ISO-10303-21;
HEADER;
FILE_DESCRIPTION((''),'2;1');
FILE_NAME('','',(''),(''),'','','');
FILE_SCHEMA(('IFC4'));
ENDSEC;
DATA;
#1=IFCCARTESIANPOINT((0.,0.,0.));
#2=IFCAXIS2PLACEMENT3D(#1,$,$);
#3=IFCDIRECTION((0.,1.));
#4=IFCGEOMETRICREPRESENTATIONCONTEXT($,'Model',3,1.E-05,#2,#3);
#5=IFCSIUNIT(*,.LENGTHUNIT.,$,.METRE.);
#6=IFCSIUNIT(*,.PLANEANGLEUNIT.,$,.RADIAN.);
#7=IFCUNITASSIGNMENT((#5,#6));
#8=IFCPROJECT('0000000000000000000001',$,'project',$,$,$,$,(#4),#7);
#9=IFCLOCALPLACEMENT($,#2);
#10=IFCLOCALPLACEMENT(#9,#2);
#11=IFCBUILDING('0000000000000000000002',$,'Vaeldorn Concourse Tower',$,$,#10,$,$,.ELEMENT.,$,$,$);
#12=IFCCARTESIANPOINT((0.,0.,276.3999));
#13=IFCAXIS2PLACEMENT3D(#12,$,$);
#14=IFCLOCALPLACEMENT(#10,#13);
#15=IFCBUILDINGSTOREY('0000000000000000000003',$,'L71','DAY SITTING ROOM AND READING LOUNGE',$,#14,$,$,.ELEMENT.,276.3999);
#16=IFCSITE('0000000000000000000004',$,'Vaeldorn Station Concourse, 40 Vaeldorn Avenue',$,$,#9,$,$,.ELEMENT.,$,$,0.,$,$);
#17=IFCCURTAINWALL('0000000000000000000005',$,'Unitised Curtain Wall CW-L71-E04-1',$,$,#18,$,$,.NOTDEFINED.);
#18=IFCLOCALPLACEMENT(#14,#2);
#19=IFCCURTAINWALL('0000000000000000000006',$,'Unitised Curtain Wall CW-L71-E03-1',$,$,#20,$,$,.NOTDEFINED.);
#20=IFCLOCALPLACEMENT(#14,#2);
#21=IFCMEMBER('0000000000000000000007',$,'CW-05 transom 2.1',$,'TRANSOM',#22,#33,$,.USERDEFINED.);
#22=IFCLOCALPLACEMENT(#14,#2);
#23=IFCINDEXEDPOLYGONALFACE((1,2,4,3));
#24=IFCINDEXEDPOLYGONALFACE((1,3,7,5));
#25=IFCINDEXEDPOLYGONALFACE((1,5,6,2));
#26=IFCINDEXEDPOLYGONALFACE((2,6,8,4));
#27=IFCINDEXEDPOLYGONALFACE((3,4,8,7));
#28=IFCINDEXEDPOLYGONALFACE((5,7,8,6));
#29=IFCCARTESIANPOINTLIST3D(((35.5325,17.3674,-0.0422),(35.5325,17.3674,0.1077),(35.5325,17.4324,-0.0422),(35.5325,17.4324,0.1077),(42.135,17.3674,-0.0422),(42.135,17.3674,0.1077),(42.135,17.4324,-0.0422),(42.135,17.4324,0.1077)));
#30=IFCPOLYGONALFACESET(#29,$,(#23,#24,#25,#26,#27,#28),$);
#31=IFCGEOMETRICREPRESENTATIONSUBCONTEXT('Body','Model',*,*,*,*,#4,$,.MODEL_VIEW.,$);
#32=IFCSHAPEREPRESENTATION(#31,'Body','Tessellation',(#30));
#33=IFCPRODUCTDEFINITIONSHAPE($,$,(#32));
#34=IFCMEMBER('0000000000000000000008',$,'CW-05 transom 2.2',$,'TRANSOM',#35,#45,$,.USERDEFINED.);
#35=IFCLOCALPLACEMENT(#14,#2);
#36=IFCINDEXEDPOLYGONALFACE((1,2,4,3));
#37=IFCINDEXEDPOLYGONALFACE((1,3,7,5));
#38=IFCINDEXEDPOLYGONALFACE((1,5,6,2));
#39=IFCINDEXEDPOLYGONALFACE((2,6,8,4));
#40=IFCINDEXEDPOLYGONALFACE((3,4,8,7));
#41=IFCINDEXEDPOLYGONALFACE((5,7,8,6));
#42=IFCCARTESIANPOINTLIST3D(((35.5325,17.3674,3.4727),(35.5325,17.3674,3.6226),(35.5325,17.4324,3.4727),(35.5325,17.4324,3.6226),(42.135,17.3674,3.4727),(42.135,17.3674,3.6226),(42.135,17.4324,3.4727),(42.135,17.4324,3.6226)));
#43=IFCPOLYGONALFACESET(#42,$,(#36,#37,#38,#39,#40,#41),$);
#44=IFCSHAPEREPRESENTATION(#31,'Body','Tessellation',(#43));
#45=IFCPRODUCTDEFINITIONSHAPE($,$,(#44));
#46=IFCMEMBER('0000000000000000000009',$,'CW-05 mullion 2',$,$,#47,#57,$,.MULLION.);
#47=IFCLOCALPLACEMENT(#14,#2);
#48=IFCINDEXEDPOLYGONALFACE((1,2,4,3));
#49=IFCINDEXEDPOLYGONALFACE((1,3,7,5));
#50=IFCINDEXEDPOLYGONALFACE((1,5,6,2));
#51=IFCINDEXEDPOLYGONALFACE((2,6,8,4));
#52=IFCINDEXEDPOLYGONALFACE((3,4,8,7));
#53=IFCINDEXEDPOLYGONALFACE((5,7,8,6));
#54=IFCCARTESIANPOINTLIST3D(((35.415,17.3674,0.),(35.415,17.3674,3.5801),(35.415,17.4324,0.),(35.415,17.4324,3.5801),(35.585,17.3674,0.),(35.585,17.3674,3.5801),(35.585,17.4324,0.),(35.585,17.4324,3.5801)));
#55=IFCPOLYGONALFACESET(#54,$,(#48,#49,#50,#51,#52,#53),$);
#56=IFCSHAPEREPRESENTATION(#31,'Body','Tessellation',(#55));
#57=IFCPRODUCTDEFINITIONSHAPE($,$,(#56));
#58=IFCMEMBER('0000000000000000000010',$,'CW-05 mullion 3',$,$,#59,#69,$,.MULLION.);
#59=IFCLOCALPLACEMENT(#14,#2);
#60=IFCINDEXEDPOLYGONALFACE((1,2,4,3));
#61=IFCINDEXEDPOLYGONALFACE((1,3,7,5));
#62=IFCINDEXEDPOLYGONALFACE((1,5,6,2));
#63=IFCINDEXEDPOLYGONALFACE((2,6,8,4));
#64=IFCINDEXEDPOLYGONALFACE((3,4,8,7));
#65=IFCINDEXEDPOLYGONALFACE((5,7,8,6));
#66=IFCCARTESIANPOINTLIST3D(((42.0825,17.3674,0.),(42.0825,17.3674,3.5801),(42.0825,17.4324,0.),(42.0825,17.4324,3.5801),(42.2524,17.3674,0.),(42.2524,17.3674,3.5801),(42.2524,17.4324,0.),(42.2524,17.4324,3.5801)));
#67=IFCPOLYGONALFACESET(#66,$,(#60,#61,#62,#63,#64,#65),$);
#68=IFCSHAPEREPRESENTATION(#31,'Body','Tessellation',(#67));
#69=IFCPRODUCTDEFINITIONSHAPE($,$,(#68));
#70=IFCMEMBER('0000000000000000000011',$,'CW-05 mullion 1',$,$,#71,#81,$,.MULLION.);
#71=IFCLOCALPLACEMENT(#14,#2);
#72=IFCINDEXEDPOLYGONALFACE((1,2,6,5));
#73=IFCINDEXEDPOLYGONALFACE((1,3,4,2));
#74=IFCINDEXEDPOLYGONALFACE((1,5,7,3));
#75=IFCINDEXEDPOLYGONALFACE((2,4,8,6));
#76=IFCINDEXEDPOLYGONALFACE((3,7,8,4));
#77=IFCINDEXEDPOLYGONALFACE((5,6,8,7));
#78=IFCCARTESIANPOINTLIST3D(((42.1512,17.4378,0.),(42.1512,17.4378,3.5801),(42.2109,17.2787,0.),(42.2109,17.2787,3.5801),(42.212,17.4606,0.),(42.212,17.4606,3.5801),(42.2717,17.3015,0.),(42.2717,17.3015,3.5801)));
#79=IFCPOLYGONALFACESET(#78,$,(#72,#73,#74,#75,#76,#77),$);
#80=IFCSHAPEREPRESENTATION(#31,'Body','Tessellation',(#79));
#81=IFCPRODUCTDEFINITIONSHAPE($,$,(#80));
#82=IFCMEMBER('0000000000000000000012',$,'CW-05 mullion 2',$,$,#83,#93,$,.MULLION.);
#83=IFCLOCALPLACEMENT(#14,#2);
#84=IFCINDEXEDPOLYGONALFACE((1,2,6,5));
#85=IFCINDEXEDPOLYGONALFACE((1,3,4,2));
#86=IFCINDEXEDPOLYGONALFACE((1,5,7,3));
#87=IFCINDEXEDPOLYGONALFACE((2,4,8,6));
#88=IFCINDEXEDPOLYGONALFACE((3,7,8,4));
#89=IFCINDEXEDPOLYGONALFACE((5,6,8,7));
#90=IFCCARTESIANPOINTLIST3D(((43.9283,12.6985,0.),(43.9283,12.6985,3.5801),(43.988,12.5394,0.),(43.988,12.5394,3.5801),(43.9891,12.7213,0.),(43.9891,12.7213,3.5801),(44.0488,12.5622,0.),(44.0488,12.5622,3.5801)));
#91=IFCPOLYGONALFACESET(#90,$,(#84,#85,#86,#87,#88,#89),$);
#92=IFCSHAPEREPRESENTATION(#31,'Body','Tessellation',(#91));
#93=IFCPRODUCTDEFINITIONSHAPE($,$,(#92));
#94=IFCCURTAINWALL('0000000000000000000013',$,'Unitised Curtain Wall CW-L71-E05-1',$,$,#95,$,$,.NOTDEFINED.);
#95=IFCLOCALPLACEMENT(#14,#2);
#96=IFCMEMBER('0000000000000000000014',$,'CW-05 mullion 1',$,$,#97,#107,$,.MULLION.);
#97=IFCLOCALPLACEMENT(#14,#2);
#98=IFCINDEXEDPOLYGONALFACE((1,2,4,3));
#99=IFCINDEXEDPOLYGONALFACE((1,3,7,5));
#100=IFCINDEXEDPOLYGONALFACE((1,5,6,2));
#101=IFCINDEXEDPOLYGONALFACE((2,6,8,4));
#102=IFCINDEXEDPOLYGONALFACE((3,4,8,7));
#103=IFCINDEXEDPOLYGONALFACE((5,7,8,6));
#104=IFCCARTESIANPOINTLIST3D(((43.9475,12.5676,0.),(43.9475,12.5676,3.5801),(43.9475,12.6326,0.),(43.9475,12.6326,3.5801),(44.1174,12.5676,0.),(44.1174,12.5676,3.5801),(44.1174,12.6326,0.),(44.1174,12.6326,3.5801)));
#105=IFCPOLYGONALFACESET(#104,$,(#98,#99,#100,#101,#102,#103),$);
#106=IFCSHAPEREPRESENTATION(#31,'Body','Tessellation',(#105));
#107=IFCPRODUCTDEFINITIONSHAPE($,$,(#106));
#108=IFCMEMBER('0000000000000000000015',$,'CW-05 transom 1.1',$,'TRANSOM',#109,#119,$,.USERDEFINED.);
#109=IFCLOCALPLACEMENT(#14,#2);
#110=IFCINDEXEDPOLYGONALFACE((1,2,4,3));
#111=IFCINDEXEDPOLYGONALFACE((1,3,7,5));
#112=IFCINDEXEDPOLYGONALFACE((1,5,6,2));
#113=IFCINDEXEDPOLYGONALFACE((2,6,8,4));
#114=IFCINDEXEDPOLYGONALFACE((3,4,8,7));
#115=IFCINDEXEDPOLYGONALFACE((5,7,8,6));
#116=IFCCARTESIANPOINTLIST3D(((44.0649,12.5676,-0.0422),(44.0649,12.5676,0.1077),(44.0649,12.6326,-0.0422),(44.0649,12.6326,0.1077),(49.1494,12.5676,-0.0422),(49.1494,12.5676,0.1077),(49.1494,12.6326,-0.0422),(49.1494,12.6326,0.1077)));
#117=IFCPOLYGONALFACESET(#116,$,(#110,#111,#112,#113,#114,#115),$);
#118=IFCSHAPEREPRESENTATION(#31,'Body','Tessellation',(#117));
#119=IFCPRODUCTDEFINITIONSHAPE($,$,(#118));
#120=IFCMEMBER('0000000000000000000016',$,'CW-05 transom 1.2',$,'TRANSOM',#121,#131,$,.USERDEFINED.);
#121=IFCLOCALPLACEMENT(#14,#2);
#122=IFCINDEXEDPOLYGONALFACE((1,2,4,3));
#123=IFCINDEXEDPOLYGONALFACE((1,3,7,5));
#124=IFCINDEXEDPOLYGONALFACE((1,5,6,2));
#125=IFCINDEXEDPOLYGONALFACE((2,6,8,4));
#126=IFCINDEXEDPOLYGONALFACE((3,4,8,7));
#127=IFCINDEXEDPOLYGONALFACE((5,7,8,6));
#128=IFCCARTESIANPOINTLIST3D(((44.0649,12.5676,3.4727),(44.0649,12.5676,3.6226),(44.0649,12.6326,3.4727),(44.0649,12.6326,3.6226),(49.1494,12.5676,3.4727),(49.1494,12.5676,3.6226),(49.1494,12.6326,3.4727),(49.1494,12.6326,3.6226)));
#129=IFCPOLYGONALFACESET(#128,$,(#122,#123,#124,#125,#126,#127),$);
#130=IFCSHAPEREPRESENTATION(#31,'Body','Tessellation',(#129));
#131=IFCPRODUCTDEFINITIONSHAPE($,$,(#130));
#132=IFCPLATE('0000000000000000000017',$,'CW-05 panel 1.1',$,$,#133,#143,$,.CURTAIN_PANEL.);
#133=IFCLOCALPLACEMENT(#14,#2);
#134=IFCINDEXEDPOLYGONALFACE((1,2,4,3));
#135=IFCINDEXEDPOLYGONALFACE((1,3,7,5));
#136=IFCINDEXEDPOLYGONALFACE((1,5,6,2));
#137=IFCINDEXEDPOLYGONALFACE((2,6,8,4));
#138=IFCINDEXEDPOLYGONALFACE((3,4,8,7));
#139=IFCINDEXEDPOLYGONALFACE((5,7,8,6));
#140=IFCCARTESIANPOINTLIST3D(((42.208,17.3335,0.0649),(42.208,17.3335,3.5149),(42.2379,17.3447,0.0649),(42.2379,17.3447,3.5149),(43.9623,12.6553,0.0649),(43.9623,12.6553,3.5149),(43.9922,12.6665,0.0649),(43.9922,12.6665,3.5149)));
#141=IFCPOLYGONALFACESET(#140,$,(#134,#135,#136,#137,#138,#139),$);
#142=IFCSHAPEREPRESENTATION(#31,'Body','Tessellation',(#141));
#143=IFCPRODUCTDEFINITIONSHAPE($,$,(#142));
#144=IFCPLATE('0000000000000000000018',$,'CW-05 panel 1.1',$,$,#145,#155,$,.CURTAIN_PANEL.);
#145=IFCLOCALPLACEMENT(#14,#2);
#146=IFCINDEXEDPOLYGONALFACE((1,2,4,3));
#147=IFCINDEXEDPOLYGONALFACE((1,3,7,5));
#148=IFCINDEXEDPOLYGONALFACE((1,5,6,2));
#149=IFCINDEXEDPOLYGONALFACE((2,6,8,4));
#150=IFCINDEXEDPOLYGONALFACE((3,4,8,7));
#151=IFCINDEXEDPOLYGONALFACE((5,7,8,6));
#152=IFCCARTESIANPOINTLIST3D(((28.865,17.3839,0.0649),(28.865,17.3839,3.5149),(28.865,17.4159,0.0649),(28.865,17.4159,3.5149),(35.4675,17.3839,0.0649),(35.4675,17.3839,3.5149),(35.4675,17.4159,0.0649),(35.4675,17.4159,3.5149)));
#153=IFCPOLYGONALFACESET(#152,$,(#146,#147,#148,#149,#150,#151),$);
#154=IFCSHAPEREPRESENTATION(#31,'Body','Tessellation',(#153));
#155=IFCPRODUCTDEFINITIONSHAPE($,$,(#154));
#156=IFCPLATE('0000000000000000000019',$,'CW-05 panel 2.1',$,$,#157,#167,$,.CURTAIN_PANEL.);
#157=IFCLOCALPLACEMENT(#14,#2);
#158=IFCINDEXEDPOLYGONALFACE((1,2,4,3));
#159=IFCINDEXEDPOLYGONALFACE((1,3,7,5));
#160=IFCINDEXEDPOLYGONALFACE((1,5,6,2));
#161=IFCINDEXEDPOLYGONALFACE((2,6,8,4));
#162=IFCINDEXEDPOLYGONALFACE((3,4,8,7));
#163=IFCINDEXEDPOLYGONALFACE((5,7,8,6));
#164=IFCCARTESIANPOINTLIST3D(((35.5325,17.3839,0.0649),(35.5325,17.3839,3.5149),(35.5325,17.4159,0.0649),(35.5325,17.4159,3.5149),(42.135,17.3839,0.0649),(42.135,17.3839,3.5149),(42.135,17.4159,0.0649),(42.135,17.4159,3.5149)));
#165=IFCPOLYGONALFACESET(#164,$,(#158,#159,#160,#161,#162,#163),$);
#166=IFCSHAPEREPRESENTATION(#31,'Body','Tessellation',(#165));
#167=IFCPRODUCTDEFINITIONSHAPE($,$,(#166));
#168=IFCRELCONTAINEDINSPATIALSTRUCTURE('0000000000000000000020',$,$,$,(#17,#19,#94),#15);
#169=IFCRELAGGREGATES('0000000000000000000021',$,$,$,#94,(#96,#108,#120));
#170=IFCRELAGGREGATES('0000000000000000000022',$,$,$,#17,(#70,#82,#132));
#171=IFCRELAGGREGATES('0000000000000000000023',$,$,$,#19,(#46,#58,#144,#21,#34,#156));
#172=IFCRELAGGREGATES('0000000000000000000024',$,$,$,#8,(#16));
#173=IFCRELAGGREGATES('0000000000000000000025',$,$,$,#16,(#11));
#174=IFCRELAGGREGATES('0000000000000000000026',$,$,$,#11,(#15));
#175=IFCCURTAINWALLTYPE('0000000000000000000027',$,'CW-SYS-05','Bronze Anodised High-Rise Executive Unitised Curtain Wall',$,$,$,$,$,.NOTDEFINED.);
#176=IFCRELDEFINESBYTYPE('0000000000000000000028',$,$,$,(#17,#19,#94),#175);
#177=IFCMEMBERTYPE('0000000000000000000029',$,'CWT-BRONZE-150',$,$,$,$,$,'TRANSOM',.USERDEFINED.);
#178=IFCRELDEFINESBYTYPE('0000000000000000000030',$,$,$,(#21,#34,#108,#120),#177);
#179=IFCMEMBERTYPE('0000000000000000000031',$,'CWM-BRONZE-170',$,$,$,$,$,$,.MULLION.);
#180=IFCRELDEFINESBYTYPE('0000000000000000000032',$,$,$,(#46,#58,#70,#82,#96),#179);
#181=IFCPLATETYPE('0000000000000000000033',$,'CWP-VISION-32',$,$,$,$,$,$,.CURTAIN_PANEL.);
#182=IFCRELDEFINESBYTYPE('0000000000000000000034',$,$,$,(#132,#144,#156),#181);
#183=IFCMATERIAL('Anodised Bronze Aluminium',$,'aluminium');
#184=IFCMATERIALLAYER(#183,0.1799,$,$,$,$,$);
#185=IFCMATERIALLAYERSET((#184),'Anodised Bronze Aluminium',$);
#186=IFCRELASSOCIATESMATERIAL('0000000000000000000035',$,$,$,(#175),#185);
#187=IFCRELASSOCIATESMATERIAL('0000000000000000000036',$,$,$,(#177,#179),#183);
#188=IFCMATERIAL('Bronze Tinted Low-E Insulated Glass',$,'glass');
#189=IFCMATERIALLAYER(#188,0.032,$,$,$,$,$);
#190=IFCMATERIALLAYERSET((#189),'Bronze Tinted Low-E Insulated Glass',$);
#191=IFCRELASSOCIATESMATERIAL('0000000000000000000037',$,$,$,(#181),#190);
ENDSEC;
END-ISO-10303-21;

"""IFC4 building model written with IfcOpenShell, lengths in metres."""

from ifc_helpers import new_model, si_unit, direction, frame, origin, origin_2d, place, context, subcontext, project, spatial, rectangle, extrude, source, transform, mapped, material, layer, layer_set, material_profile, profile_set, type_object, element, aggregate, save


model = new_model("IFC4")

# Units and contexts
model_context = context("Model", 3, precision=1e-05, world=origin(), true_north=direction((0.0, 1.0)))
body_context = subcontext(model_context, "Body", "Model", "MODEL_VIEW")
ifc_project = project(units=[si_unit("LENGTHUNIT", "METRE"), si_unit("PLANEANGLEUNIT", "RADIAN")], contexts=[model_context])

# Site, building, storey
site_placement = place(None, origin())
site = spatial("IfcSite", under=ifc_project, at=site_placement, Name="Vaeldorn Station Concourse, 40 Vaeldorn Avenue", CompositionType="ELEMENT", RefElevation=0.0)
building_placement = place(site_placement, origin())
building = spatial("IfcBuilding", under=site, at=building_placement, Name="Vaeldorn Concourse Tower", CompositionType="ELEMENT")
storey_placement = place(building_placement, frame((0.0, 0.0, 276.3999)))
storey = spatial("IfcBuildingStorey", under=building, at=storey_placement, Name="L71", Description="DAY SITTING ROOM AND READING LOUNGE", CompositionType="ELEMENT", Elevation=276.3999)

# Curtain walls, members
ifc_material_1 = material(Name="Anodised Bronze Aluminium", Category="aluminium")
ifc_layer_1 = layer(ifc_material_1, 0.1799)
ifc_layer_set_1 = layer_set([ifc_layer_1], Name="Anodised Bronze Aluminium")
curtain_wall_type = type_object("IfcCurtainWallType", Name="CW-SYS-05", Description="Bronze Anodised High-Rise Executive Unitised Curtain Wall", PredefinedType="NOTDEFINED", material=ifc_layer_set_1)
curtain_wall_1_placement = place(storey_placement, origin())
curtain_wall_1 = element("IfcCurtainWall", 1, at=curtain_wall_1_placement, inside=storey, type_object=curtain_wall_type, Name="Unitised Curtain Wall CW-L71-E04-1", PredefinedType="NOTDEFINED")
ifc_material_profile_1 = material_profile(ifc_material_1, rectangle(XDim=0.0649, YDim=0.1499, at=origin_2d()), Name="CWT 65x150")
ifc_profile_set_1 = profile_set([ifc_material_profile_1], Name="Anodised Bronze Aluminium")
member_type_1 = type_object("IfcMemberType", Name="CWT-BRONZE-150", ElementType="TRANSOM", PredefinedType="USERDEFINED", material=ifc_profile_set_1)
curtain_wall_2_placement = place(storey_placement, origin())
curtain_wall_2 = element("IfcCurtainWall", 2, at=curtain_wall_2_placement, inside=storey, type_object=curtain_wall_type, Name="Unitised Curtain Wall CW-L71-E03-1", PredefinedType="NOTDEFINED")
shared_shape_1 = source(origin(), body_context, "Body", "SweptSolid", [
    extrude(rectangle(XDim=0.0649, YDim=0.1499, at=origin_2d()), origin(), (0.0, 0.0, 1.0), 6.6025),
])
member_1_placement = place(storey_placement, frame((35.5325, 17.3999, 0.0327), z_axis=(1.0, 0.0, 0.0), x_axis=(0.0, 1.0, 0.0)))
member_1 = element("IfcMember", 3, at=member_1_placement, type_object=member_type_1, Name="CW-05 transom 2.1", ObjectType="TRANSOM", PredefinedType="USERDEFINED", context=body_context, shape_type="MappedRepresentation", body=[
    mapped(shared_shape_1, transform((0.0, 0.0, 0.0), scale=1.0)),
])
member_2_placement = place(storey_placement, frame((35.5325, 17.3999, 3.5476), z_axis=(1.0, 0.0, 0.0), x_axis=(0.0, 1.0, 0.0)))
member_2 = element("IfcMember", 4, at=member_2_placement, type_object=member_type_1, Name="CW-05 transom 2.2", ObjectType="TRANSOM", PredefinedType="USERDEFINED", context=body_context, shape_type="MappedRepresentation", body=[
    mapped(shared_shape_1, transform((0.0, 0.0, 0.0), scale=1.0)),
])
ifc_material_profile_2 = material_profile(ifc_material_1, rectangle(XDim=0.0649, YDim=0.1699, at=origin_2d()), Name="CWM 65x170")
ifc_profile_set_2 = profile_set([ifc_material_profile_2], Name="Anodised Bronze Aluminium")
member_type_2 = type_object("IfcMemberType", Name="CWM-BRONZE-170", PredefinedType="MULLION", material=ifc_profile_set_2)
shared_shape_2 = source(origin(), body_context, "Body", "SweptSolid", [
    extrude(rectangle(XDim=0.0649, YDim=0.1699, at=origin_2d()), origin(), (0.0, 0.0, 1.0), 3.5801),
])
member_3_placement = place(storey_placement, frame((35.5, 17.3999, 0.0), z_axis=(0.0, 0.0, 1.0), x_axis=(0.0, 1.0, 0.0)))
member_3 = element("IfcMember", 5, at=member_3_placement, type_object=member_type_2, Name="CW-05 mullion 2", PredefinedType="MULLION", context=body_context, shape_type="MappedRepresentation", body=[
    mapped(shared_shape_2, transform((0.0, 0.0, 0.0), scale=1.0)),
])
member_4_placement = place(storey_placement, frame((42.1675, 17.3999, 0.0), z_axis=(0.0, 0.0, 1.0), x_axis=(0.0, 1.0, 0.0)))
member_4 = element("IfcMember", 6, at=member_4_placement, type_object=member_type_2, Name="CW-05 mullion 3", PredefinedType="MULLION", context=body_context, shape_type="MappedRepresentation", body=[
    mapped(shared_shape_2, transform((0.0, 0.0, 0.0), scale=1.0)),
])

# Members
member_5_placement = place(storey_placement, frame((42.2114, 17.3696, 0.0), z_axis=(0.0, 0.0, 1.0), x_axis=(0.936329, 0.351123, 0.0)))
member_5 = element("IfcMember", 7, at=member_5_placement, type_object=member_type_2, Name="CW-05 mullion 1", PredefinedType="MULLION", context=body_context, shape_type="MappedRepresentation", body=[
    mapped(shared_shape_2, transform((0.0, 0.0, 0.0), scale=1.0)),
])
member_6_placement = place(storey_placement, frame((43.9885, 12.6304, 0.0), z_axis=(0.0, 0.0, 1.0), x_axis=(0.936329, 0.351123, 0.0)))
member_6 = element("IfcMember", 8, at=member_6_placement, type_object=member_type_2, Name="CW-05 mullion 2", PredefinedType="MULLION", context=body_context, shape_type="MappedRepresentation", body=[
    mapped(shared_shape_2, transform((0.0, 0.0, 0.0), scale=1.0)),
])

# Curtain wall, members
curtain_wall_3_placement = place(storey_placement, origin())
curtain_wall_3 = element("IfcCurtainWall", 9, at=curtain_wall_3_placement, inside=storey, type_object=curtain_wall_type, Name="Unitised Curtain Wall CW-L71-E05-1", PredefinedType="NOTDEFINED")
member_7_placement = place(storey_placement, frame((44.0325, 12.6001, 0.0), z_axis=(0.0, 0.0, 1.0), x_axis=(0.0, 1.0, 0.0)))
member_7 = element("IfcMember", 10, at=member_7_placement, type_object=member_type_2, Name="CW-05 mullion 1", PredefinedType="MULLION", context=body_context, shape_type="MappedRepresentation", body=[
    mapped(shared_shape_2, transform((0.0, 0.0, 0.0), scale=1.0)),
])
shared_shape_3 = source(origin(), body_context, "Body", "SweptSolid", [
    extrude(rectangle(XDim=0.0649, YDim=0.1499, at=origin_2d()), origin(), (0.0, 0.0, 1.0), 5.0845),
])
member_8_placement = place(storey_placement, frame((44.0649, 12.6001, 0.0327), z_axis=(1.0, 0.0, 0.0), x_axis=(0.0, 1.0, 0.0)))
member_8 = element("IfcMember", 11, at=member_8_placement, type_object=member_type_1, Name="CW-05 transom 1.1", ObjectType="TRANSOM", PredefinedType="USERDEFINED", context=body_context, shape_type="MappedRepresentation", body=[
    mapped(shared_shape_3, transform((0.0, 0.0, 0.0), scale=1.0)),
])
member_9_placement = place(storey_placement, frame((44.0649, 12.6001, 3.5476), z_axis=(1.0, 0.0, 0.0), x_axis=(0.0, 1.0, 0.0)))
member_9 = element("IfcMember", 12, at=member_9_placement, type_object=member_type_1, Name="CW-05 transom 1.2", ObjectType="TRANSOM", PredefinedType="USERDEFINED", context=body_context, shape_type="MappedRepresentation", body=[
    mapped(shared_shape_3, transform((0.0, 0.0, 0.0), scale=1.0)),
])
aggregate(curtain_wall_3, [member_7, member_8, member_9])

# Plates
ifc_material_2 = material(Name="Bronze Tinted Low-E Insulated Glass", Category="glass")
ifc_layer_2 = layer(ifc_material_2, 0.032)
ifc_layer_set_2 = layer_set([ifc_layer_2], Name="Bronze Tinted Low-E Insulated Glass")
plate_type = type_object("IfcPlateType", Name="CWP-VISION-32", PredefinedType="CURTAIN_PANEL", material=ifc_layer_set_2)
shared_shape_4 = source(origin(), body_context, "Body", "SweptSolid", [
    extrude(rectangle(XDim=4.9963, YDim=0.032, at=origin_2d()), origin(), (0.0, 0.0, 1.0), 3.45),
])
plate_1_placement = place(storey_placement, frame((43.1001, 15.0, 0.0649), z_axis=(0.0, 0.0, 1.0), x_axis=(0.351123, -0.936329, 0.0)))
plate_1 = element("IfcPlate", 13, at=plate_1_placement, type_object=plate_type, Name="CW-05 panel 1.1", PredefinedType="CURTAIN_PANEL", context=body_context, shape_type="MappedRepresentation", body=[
    mapped(shared_shape_4, transform((0.0, 0.0, 0.0), scale=1.0)),
])
aggregate(curtain_wall_1, [member_5, member_6, plate_1])
shared_shape_5 = source(origin(), body_context, "Body", "SweptSolid", [
    extrude(rectangle(XDim=6.6025, YDim=0.032, at=origin_2d()), origin(), (0.0, 0.0, 1.0), 3.45),
])
plate_2_placement = place(storey_placement, frame((32.1663, 17.3999, 0.0649), z_axis=(0.0, 0.0, 1.0), x_axis=(1.0, 0.0, 0.0)))
plate_2 = element("IfcPlate", 14, at=plate_2_placement, type_object=plate_type, Name="CW-05 panel 1.1", PredefinedType="CURTAIN_PANEL", context=body_context, shape_type="MappedRepresentation", body=[
    mapped(shared_shape_5, transform((0.0, 0.0, 0.0), scale=1.0)),
])
plate_3_placement = place(storey_placement, frame((38.8337, 17.3999, 0.0649), z_axis=(0.0, 0.0, 1.0), x_axis=(1.0, 0.0, 0.0)))
plate_3 = element("IfcPlate", 15, at=plate_3_placement, type_object=plate_type, Name="CW-05 panel 2.1", PredefinedType="CURTAIN_PANEL", context=body_context, shape_type="MappedRepresentation", body=[
    mapped(shared_shape_5, transform((0.0, 0.0, 0.0), scale=1.0)),
])
aggregate(curtain_wall_2, [member_3, member_4, plate_2, member_1, member_2, plate_3])

save(model, "model.ifc")
